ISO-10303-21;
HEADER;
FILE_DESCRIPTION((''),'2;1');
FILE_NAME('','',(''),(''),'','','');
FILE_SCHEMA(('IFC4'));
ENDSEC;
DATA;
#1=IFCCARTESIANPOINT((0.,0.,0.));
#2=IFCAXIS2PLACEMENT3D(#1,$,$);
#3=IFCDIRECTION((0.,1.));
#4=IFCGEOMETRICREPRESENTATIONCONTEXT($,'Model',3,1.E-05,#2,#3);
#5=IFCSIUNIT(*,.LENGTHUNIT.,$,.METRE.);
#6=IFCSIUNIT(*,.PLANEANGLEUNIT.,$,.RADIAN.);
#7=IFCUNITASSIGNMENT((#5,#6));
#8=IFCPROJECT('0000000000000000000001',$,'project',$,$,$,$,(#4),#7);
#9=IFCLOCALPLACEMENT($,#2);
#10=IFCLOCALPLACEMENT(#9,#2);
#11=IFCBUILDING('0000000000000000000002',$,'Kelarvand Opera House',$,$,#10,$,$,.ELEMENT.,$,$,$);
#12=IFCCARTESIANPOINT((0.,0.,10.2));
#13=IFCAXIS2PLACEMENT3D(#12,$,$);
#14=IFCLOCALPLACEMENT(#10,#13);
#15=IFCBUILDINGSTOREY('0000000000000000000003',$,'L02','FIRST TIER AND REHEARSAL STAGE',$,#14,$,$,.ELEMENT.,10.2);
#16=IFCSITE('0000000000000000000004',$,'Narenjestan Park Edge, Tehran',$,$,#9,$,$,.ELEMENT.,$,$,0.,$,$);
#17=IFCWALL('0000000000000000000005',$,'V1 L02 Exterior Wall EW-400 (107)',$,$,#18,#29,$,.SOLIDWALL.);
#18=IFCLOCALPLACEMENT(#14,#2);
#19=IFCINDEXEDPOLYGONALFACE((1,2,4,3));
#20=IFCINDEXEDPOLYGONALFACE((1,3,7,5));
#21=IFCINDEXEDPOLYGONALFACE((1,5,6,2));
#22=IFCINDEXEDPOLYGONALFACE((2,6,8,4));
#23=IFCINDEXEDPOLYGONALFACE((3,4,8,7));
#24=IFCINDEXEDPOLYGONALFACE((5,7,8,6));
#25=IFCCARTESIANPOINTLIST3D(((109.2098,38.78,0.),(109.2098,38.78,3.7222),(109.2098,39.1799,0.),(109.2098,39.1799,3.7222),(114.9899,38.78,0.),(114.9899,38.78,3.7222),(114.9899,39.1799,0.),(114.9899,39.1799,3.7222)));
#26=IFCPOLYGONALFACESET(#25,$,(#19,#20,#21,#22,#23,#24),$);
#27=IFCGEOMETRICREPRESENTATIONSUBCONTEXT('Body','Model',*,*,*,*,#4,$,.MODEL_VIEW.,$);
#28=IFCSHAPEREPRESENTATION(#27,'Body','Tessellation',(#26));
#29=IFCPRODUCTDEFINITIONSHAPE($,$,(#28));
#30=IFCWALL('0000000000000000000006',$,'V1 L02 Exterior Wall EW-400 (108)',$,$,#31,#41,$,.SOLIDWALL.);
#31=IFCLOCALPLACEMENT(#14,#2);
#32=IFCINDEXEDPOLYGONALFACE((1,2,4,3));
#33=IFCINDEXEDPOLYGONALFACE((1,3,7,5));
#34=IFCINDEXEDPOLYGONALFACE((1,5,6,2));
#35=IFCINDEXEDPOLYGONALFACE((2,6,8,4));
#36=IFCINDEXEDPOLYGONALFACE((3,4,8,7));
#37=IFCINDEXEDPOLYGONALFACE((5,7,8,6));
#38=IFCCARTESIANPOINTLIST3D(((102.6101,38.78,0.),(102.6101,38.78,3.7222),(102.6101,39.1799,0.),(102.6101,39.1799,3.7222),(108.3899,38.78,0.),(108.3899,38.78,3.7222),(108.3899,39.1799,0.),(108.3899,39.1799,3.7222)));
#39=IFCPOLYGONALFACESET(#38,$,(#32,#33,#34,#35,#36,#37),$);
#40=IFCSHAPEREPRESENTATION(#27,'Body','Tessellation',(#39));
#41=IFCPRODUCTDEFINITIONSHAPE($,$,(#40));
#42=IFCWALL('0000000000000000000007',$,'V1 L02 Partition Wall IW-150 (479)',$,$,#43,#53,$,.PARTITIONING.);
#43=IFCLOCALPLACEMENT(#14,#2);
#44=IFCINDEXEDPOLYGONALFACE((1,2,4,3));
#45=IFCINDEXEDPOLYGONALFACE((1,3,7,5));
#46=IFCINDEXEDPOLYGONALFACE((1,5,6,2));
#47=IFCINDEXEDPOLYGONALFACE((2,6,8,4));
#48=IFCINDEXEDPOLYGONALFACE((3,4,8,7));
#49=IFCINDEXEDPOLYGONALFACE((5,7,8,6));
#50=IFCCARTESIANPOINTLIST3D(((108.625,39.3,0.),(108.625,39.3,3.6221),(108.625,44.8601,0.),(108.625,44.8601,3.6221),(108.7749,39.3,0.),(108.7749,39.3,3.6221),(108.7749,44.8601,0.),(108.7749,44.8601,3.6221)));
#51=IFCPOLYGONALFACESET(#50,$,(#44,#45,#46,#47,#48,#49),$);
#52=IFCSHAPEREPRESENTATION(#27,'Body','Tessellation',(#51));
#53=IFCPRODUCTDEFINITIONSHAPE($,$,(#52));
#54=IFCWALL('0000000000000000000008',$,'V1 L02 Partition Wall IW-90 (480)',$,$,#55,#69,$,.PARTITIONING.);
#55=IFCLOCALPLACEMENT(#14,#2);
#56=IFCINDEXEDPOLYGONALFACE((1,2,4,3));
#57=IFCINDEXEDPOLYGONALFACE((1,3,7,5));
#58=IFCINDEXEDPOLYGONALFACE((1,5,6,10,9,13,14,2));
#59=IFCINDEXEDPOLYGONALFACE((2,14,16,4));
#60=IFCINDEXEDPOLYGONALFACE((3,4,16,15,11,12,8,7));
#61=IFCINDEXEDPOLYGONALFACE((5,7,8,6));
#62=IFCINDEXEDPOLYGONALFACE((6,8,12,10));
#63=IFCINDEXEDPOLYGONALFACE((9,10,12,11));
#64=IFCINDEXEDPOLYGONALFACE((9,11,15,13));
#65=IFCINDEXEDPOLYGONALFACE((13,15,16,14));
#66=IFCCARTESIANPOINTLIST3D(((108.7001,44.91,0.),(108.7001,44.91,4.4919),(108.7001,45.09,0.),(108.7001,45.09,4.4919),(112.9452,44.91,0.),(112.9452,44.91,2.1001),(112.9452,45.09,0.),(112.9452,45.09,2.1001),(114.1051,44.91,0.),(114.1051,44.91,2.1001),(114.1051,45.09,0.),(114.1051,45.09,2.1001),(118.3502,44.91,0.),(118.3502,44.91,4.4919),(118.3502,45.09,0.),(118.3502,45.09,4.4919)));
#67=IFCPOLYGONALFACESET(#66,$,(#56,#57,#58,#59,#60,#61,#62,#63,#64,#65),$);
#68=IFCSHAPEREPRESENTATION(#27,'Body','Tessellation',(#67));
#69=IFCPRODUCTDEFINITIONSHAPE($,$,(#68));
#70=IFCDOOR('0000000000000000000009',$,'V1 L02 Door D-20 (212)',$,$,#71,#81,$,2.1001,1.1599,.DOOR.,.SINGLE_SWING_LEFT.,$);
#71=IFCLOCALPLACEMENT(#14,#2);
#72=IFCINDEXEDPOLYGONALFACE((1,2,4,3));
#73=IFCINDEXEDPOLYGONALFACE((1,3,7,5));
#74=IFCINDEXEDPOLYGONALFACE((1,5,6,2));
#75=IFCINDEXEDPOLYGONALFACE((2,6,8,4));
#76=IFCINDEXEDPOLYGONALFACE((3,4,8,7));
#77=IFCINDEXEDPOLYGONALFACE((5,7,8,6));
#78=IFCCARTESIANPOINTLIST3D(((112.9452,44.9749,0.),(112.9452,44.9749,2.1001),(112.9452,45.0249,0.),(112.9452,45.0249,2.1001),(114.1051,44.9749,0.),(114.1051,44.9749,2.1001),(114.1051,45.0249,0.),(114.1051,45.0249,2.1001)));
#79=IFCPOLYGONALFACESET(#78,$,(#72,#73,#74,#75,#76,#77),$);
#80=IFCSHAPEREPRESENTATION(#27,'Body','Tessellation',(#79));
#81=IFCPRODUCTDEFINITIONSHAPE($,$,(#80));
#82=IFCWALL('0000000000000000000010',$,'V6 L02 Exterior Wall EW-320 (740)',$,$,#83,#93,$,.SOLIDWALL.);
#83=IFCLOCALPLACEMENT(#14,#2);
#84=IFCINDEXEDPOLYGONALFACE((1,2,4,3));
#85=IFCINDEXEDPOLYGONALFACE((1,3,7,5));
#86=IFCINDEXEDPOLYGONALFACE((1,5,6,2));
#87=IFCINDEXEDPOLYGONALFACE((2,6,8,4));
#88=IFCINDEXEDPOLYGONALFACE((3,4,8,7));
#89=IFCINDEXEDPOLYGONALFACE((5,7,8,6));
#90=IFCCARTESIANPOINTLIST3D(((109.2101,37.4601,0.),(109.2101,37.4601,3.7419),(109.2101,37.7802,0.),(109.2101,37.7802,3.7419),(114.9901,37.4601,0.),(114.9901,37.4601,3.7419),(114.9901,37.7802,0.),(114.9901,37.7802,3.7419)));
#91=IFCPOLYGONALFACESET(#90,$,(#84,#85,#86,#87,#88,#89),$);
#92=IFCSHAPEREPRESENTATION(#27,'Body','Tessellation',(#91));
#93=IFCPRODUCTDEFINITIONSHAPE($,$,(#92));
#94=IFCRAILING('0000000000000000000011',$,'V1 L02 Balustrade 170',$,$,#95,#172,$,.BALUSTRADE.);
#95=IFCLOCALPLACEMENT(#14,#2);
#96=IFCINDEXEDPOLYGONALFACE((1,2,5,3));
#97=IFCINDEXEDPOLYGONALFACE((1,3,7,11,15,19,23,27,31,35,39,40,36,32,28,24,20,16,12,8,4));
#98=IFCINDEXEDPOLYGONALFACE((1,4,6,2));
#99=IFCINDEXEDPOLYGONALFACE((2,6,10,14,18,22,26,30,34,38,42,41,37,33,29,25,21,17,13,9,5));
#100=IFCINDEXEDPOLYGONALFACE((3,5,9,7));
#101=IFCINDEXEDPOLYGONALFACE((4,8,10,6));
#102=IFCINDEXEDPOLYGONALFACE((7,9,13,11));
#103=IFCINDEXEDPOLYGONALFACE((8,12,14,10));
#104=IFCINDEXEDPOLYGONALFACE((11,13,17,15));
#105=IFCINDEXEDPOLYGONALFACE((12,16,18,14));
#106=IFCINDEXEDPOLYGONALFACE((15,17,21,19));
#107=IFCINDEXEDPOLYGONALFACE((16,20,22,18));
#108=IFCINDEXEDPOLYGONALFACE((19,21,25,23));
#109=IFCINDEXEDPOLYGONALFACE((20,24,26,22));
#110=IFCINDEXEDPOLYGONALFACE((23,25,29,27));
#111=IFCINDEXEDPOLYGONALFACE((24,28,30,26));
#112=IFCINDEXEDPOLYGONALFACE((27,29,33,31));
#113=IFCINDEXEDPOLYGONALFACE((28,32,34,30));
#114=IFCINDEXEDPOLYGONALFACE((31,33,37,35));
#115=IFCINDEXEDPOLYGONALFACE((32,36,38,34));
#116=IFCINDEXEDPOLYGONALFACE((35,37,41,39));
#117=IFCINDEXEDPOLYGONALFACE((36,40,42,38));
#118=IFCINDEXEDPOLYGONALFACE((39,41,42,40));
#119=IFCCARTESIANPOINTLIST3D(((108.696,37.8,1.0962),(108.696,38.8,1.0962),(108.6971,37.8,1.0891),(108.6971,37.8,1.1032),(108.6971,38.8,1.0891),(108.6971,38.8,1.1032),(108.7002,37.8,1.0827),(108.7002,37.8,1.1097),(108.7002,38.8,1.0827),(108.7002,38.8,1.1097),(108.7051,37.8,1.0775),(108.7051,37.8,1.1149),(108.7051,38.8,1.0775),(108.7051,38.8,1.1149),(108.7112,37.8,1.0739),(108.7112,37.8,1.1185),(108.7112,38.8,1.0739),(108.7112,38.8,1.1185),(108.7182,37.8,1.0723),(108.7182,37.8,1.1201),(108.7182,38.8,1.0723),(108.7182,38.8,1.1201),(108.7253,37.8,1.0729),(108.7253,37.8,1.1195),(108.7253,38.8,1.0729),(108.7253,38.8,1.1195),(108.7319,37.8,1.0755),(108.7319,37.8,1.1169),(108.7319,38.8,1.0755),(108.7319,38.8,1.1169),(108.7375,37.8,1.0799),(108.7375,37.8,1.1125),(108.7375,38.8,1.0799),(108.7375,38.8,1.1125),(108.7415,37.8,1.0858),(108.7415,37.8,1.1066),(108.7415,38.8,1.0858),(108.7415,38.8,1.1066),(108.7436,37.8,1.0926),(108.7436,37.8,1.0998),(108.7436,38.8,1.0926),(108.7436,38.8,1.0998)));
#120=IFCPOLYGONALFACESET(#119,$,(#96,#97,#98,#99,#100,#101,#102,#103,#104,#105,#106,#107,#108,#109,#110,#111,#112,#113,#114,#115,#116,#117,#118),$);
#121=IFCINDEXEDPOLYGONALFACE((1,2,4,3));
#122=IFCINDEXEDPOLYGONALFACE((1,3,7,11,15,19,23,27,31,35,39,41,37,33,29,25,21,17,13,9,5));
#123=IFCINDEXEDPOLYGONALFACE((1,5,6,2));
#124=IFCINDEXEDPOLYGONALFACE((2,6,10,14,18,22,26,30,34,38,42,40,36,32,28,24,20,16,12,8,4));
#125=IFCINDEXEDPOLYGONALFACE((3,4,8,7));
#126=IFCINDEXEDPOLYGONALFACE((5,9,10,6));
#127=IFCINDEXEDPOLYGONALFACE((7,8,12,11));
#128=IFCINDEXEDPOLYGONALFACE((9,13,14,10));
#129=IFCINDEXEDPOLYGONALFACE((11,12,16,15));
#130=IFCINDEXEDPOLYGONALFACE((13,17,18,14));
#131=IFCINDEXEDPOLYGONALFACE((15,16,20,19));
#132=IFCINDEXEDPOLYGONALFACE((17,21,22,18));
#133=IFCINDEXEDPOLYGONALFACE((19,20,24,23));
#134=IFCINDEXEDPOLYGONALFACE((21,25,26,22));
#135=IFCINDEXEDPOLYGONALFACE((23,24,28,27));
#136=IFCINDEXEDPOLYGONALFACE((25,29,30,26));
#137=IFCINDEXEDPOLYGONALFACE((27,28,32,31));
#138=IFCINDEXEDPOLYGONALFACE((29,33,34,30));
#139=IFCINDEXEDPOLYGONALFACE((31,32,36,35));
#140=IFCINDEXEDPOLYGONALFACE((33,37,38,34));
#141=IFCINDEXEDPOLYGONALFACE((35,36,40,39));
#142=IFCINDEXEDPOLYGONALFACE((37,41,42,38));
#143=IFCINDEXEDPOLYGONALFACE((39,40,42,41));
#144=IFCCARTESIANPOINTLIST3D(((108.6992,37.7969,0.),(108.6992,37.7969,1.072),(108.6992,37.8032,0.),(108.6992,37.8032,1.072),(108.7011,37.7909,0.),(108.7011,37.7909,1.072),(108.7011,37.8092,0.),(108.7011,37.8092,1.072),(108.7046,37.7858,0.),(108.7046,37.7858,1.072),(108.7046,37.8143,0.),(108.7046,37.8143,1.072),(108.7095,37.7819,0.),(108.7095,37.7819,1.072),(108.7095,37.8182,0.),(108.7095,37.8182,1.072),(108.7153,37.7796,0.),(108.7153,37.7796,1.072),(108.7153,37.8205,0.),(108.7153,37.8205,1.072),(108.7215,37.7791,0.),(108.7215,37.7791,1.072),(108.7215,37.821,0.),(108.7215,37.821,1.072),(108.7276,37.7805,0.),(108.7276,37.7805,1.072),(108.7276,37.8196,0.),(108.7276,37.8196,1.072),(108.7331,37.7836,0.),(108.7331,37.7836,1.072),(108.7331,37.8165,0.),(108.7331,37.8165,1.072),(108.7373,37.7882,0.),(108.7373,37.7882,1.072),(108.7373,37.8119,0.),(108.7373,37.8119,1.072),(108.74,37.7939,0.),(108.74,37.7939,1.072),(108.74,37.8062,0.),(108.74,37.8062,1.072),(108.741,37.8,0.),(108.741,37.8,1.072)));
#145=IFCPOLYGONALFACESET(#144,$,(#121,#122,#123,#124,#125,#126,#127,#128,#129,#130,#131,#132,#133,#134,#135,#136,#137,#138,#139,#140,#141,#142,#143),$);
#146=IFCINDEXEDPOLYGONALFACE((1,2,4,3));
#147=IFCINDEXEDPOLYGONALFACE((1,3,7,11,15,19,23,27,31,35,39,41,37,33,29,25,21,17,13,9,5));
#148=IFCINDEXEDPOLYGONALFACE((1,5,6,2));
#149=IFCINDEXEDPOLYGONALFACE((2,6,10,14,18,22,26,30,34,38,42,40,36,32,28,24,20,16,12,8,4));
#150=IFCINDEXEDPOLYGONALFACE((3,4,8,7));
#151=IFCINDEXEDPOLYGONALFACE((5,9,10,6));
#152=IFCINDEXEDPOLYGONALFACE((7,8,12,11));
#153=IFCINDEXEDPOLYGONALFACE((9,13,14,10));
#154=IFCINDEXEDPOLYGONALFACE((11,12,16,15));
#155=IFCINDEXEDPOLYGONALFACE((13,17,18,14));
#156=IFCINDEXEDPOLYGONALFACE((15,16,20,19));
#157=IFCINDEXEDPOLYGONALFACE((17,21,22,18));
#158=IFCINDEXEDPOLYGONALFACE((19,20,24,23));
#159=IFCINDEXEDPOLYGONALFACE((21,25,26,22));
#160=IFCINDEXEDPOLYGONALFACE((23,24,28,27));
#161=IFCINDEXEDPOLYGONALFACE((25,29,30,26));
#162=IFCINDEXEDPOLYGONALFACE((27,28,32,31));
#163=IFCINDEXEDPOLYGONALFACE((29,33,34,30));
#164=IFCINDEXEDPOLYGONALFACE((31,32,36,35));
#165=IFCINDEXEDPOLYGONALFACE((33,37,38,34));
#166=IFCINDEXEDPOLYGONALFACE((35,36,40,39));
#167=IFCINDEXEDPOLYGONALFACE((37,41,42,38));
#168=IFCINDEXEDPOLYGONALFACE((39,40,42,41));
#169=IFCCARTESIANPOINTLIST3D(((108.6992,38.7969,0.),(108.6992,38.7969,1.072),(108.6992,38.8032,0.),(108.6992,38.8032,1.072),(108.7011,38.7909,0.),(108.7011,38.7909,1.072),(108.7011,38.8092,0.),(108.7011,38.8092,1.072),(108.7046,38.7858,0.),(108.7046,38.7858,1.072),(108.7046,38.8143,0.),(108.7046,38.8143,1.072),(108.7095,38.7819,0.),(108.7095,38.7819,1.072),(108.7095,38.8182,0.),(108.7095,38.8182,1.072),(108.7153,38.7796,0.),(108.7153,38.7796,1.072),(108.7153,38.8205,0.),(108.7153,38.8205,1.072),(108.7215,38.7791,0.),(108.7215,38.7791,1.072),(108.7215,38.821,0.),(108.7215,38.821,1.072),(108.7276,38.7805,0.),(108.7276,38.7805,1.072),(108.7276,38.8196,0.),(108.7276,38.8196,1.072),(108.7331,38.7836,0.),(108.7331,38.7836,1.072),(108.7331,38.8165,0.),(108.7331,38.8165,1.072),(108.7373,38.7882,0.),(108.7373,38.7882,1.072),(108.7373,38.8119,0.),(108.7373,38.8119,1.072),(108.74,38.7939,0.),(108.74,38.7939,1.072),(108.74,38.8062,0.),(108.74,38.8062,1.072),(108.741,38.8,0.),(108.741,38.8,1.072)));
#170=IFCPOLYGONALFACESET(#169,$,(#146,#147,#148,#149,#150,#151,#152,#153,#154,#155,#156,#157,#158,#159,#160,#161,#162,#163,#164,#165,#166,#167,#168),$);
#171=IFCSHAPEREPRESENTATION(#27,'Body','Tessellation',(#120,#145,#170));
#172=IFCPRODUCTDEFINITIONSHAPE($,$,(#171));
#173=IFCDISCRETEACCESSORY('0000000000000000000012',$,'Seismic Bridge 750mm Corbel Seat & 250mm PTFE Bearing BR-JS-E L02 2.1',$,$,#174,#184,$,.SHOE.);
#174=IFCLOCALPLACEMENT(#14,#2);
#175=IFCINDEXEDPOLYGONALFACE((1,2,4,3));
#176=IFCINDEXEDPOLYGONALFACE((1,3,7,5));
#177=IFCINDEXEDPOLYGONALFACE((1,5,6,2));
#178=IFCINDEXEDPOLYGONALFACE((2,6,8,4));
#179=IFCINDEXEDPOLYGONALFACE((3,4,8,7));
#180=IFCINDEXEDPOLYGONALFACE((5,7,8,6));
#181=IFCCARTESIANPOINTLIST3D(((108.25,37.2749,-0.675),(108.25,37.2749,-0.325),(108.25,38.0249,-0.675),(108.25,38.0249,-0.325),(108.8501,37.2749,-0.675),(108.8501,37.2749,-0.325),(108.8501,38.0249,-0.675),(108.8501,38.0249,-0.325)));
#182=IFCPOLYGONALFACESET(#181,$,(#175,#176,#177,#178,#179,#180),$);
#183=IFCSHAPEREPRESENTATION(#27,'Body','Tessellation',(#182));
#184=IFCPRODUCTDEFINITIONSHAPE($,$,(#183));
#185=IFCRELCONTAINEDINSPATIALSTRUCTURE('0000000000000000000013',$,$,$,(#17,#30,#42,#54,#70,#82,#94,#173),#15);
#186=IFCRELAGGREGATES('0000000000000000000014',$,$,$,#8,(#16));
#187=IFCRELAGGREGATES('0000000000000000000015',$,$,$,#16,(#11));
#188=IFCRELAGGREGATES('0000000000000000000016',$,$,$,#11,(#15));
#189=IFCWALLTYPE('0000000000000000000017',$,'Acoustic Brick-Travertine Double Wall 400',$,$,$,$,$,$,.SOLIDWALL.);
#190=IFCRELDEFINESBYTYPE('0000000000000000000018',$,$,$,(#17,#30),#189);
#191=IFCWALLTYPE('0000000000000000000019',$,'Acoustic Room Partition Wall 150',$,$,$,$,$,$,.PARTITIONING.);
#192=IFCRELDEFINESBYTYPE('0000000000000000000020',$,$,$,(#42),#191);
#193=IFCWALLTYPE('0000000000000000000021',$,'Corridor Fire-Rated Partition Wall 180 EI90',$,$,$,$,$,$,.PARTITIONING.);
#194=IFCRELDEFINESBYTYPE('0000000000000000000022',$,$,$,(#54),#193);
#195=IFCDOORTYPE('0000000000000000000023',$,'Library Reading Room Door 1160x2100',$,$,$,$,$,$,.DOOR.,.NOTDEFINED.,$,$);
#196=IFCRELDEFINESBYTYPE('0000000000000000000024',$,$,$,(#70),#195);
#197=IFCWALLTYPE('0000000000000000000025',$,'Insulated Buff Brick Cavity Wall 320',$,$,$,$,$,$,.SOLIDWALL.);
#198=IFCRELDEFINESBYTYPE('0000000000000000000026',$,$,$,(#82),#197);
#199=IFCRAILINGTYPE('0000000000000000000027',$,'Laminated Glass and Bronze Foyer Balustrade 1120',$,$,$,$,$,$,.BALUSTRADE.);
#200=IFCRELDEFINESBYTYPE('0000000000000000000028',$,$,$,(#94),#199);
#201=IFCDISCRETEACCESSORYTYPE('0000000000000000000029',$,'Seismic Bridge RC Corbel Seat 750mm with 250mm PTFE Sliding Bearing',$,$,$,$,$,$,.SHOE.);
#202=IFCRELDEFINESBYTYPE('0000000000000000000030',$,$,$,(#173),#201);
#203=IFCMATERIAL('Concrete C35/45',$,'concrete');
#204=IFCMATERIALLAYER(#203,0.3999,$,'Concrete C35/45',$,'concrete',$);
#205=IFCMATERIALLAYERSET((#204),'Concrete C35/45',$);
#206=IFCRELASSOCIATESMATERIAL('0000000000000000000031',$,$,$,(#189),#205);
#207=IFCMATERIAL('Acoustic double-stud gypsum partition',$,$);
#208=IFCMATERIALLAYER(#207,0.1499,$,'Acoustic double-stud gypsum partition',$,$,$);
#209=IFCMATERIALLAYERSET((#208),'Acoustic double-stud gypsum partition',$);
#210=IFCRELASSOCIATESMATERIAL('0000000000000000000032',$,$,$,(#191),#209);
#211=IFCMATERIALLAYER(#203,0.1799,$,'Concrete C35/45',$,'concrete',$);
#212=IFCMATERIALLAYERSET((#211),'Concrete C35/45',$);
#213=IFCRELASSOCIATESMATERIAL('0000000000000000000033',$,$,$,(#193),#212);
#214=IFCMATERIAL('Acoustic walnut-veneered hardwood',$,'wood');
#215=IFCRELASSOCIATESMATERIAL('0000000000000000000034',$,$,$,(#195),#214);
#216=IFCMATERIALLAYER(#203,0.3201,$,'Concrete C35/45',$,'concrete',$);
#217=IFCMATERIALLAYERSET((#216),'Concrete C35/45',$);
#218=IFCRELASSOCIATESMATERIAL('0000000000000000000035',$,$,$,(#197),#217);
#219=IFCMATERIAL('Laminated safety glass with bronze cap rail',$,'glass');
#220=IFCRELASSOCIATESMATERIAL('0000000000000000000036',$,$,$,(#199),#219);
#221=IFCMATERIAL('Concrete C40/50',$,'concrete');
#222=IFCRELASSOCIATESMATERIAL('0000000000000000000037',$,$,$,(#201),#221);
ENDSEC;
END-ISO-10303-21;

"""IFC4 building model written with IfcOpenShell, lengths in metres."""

from ifc_helpers import new_model, si_unit, direction, frame, frame_2d, origin, origin_2d, place, context, subcontext, project, spatial, rectangle, circle, extrude, material, layer, layer_set, type_object, element, fill, save


model = new_model("IFC4")

# Units and contexts
model_context = context("Model", 3, precision=1e-05, world=origin(), true_north=direction((0.0, 1.0)))
body_context = subcontext(model_context, "Body", "Model", "MODEL_VIEW")
ifc_project = project(units=[si_unit("LENGTHUNIT", "METRE"), si_unit("PLANEANGLEUNIT", "RADIAN")], contexts=[model_context])

# Site, building, storey
site_placement = place(None, origin())
site = spatial("IfcSite", under=ifc_project, at=site_placement, Name="Narenjestan Park Edge, Tehran", CompositionType="ELEMENT", RefElevation=0.0)
building_placement = place(site_placement, origin())
building = spatial("IfcBuilding", under=site, at=building_placement, Name="Kelarvand Opera House", CompositionType="ELEMENT")
storey_placement = place(building_placement, frame((0.0, 0.0, 10.2)))
storey = spatial("IfcBuildingStorey", under=building, at=storey_placement, Name="L02", Description="FIRST TIER AND REHEARSAL STAGE", CompositionType="ELEMENT", Elevation=10.2)

# Shared definitions
ifc_material_1 = material(Name="Concrete C40/50", Category="concrete")

# Walls
ifc_material_2 = material(Name="Concrete C35/45", Category="concrete")
ifc_layer_1 = layer(ifc_material_2, 0.3999, Name="Concrete C35/45", Category="concrete")
ifc_layer_set_1 = layer_set([ifc_layer_1], Name="Concrete C35/45")
wall_type_1 = type_object("IfcWallType", Name="Acoustic Brick-Travertine Double Wall 400", PredefinedType="SOLIDWALL", material=ifc_layer_set_1)
wall_1_placement = place(storey_placement, frame((114.99, 38.98, 0.0), z_axis=(0.0, 0.0, 1.0), x_axis=(-1.0, 0.0, 0.0)))
element("IfcWall", 1, at=wall_1_placement, inside=storey, type_object=wall_type_1, Name="V1 L02 Exterior Wall EW-400 (107)", PredefinedType="SOLIDWALL", context=body_context, shape_type="SweptSolid", body=[
    extrude(rectangle(XDim=5.78, YDim=0.3999, at=frame_2d((2.8901, 0.0))), origin(), (0.0, 0.0, 1.0), 3.7222),
])
wall_2_placement = place(storey_placement, frame((108.3899, 38.98, 0.0), z_axis=(0.0, 0.0, 1.0), x_axis=(-1.0, 0.0, 0.0)))
element("IfcWall", 2, at=wall_2_placement, inside=storey, type_object=wall_type_1, Name="V1 L02 Exterior Wall EW-400 (108)", PredefinedType="SOLIDWALL", context=body_context, shape_type="SweptSolid", body=[
    extrude(rectangle(XDim=5.7798, YDim=0.3999, at=frame_2d((2.8899, 0.0))), origin(), (0.0, 0.0, 1.0), 3.7222),
])
ifc_material_3 = material(Name="Acoustic double-stud gypsum partition")
ifc_layer_2 = layer(ifc_material_3, 0.1499, Name="Acoustic double-stud gypsum partition")
ifc_layer_set_2 = layer_set([ifc_layer_2], Name="Acoustic double-stud gypsum partition")
wall_type_2 = type_object("IfcWallType", Name="Acoustic Room Partition Wall 150", PredefinedType="PARTITIONING", material=ifc_layer_set_2)
wall_3_placement = place(storey_placement, frame((108.7, 39.3, 0.0), z_axis=(0.0, 0.0, 1.0), x_axis=(0.0, 1.0, 0.0)))
element("IfcWall", 3, at=wall_3_placement, inside=storey, type_object=wall_type_2, Name="V1 L02 Partition Wall IW-150 (479)", PredefinedType="PARTITIONING", context=body_context, shape_type="SweptSolid", body=[
    extrude(rectangle(XDim=5.5601, YDim=0.1499, at=frame_2d((2.78, 0.0))), origin(), (0.0, 0.0, 1.0), 3.6221),
])

# Wall, opening, door
ifc_layer_3 = layer(ifc_material_2, 0.1799, Name="Concrete C35/45", Category="concrete")
ifc_layer_set_3 = layer_set([ifc_layer_3], Name="Concrete C35/45")
wall_type_3 = type_object("IfcWallType", Name="Corridor Fire-Rated Partition Wall 180 EI90", PredefinedType="PARTITIONING", material=ifc_layer_set_3)
wall_4_placement = place(storey_placement, frame((108.7, 45.0, 0.0), z_axis=(0.0, 0.0, 1.0), x_axis=(1.0, 0.0, 0.0)))
wall_4 = element("IfcWall", 4, at=wall_4_placement, inside=storey, type_object=wall_type_3, Name="V1 L02 Partition Wall IW-90 (480)", PredefinedType="PARTITIONING", context=body_context, shape_type="SweptSolid", body=[
    extrude(rectangle(XDim=9.6501, YDim=0.1799, at=frame_2d((4.8252, 0.0))), origin(), (0.0, 0.0, 1.0), 4.4919),
])
opening_placement = place(wall_4_placement, frame((4.2451, 0.0, 0.0)))
opening = element("IfcOpeningElement", 5, at=opening_placement, cuts=wall_4, PredefinedType="OPENING", context=body_context, shape_type="SweptSolid", body=[
    extrude(rectangle(XDim=1.1599, YDim=2.1001, at=frame_2d((0.5801, 1.05))), frame((0.0, 0.1001, 0.0), z_axis=(0.0, -1.0, 0.0), x_axis=(1.0, 0.0, 0.0)), (0.0, 0.0, 1.0), 0.2),
])
ifc_material_4 = material(Name="Acoustic walnut-veneered hardwood", Category="wood")
door_type = type_object("IfcDoorType", Name="Library Reading Room Door 1160x2100", OperationType="NOTDEFINED", PredefinedType="DOOR", material=ifc_material_4)
door_placement = place(opening_placement, origin())
door = element("IfcDoor", 6, at=door_placement, inside=storey, type_object=door_type, Name="V1 L02 Door D-20 (212)", OperationType="SINGLE_SWING_LEFT", OverallHeight=2.1001, OverallWidth=1.1599, PredefinedType="DOOR", context=body_context, shape_type="SweptSolid", body=[
    extrude(rectangle(XDim=1.1599, YDim=2.1001, at=frame_2d((0.5801, 1.05))), frame((0.0, 0.0249, 0.0), z_axis=(0.0, -1.0, 0.0), x_axis=(1.0, 0.0, 0.0)), (0.0, 0.0, 1.0), 0.05),
])
fill(opening, door)

# Wall
ifc_layer_4 = layer(ifc_material_2, 0.3201, Name="Concrete C35/45", Category="concrete")
ifc_layer_set_4 = layer_set([ifc_layer_4], Name="Concrete C35/45")
wall_type_4 = type_object("IfcWallType", Name="Insulated Buff Brick Cavity Wall 320", PredefinedType="SOLIDWALL", material=ifc_layer_set_4)
wall_5_placement = place(storey_placement, frame((109.21, 37.6201, 0.0), z_axis=(0.0, 0.0, 1.0), x_axis=(1.0, 0.0, 0.0)))
element("IfcWall", 7, at=wall_5_placement, inside=storey, type_object=wall_type_4, Name="V6 L02 Exterior Wall EW-320 (740)", PredefinedType="SOLIDWALL", context=body_context, shape_type="SweptSolid", body=[
    extrude(rectangle(XDim=5.78, YDim=0.3201, at=frame_2d((2.8901, 0.0))), origin(), (0.0, 0.0, 1.0), 3.7419),
])

# Railing
ifc_material_5 = material(Name="Laminated safety glass with bronze cap rail", Category="glass")
railing_type = type_object("IfcRailingType", Name="Laminated Glass and Bronze Foyer Balustrade 1120", PredefinedType="BALUSTRADE", material=ifc_material_5)
railing_placement = place(storey_placement, frame((108.72, 37.8, 0.0)))
element("IfcRailing", 8, at=railing_placement, inside=storey, type_object=railing_type, Name="V1 L02 Balustrade 170", PredefinedType="BALUSTRADE", context=body_context, shape_type="SweptSolid", body=[
    extrude(circle(Radius=0.0239, at=origin_2d()), frame((0.0, 0.0, 1.0962), z_axis=(0.0, 1.0, 0.0), x_axis=(-1.0, 0.0, 0.0)), (0.0, 0.0, 1.0), 1.0),
    extrude(circle(Radius=0.021, at=origin_2d()), origin(), (0.0, 0.0, 1.0), 1.072),
    extrude(circle(Radius=0.021, at=origin_2d()), frame((0.0, 1.0, 0.0)), (0.0, 0.0, 1.0), 1.072),
])

# Discrete accessory
discrete_accessory_type_1 = type_object("IfcDiscreteAccessoryType", Name="Seismic Bridge RC Corbel Seat 750mm with 250mm PTFE Sliding Bearing", PredefinedType="SHOE", material=ifc_material_1)
for number, where, z_axis, x_axis, name in (
    (9, (108.55, 37.6499, -0.675), (0.0, 0.0, 1.0), (0.0, 1.0, 0.0), "Seismic Bridge 750mm Corbel Seat & 250mm PTFE Bearing BR-JS-E L02 2.1"),
):
    element("IfcDiscreteAccessory", number, at=place(storey_placement, frame(where, z_axis=z_axis, x_axis=x_axis)), inside=storey, type_object=discrete_accessory_type_1, Name=name, PredefinedType="SHOE", context=body_context, shape_type="SweptSolid", body=[
        extrude(rectangle(XDim=0.75, YDim=0.6001, at=origin_2d()), origin(), (0.0, 0.0, 1.0), 0.3501),
    ])

save(model, "model.ifc")
